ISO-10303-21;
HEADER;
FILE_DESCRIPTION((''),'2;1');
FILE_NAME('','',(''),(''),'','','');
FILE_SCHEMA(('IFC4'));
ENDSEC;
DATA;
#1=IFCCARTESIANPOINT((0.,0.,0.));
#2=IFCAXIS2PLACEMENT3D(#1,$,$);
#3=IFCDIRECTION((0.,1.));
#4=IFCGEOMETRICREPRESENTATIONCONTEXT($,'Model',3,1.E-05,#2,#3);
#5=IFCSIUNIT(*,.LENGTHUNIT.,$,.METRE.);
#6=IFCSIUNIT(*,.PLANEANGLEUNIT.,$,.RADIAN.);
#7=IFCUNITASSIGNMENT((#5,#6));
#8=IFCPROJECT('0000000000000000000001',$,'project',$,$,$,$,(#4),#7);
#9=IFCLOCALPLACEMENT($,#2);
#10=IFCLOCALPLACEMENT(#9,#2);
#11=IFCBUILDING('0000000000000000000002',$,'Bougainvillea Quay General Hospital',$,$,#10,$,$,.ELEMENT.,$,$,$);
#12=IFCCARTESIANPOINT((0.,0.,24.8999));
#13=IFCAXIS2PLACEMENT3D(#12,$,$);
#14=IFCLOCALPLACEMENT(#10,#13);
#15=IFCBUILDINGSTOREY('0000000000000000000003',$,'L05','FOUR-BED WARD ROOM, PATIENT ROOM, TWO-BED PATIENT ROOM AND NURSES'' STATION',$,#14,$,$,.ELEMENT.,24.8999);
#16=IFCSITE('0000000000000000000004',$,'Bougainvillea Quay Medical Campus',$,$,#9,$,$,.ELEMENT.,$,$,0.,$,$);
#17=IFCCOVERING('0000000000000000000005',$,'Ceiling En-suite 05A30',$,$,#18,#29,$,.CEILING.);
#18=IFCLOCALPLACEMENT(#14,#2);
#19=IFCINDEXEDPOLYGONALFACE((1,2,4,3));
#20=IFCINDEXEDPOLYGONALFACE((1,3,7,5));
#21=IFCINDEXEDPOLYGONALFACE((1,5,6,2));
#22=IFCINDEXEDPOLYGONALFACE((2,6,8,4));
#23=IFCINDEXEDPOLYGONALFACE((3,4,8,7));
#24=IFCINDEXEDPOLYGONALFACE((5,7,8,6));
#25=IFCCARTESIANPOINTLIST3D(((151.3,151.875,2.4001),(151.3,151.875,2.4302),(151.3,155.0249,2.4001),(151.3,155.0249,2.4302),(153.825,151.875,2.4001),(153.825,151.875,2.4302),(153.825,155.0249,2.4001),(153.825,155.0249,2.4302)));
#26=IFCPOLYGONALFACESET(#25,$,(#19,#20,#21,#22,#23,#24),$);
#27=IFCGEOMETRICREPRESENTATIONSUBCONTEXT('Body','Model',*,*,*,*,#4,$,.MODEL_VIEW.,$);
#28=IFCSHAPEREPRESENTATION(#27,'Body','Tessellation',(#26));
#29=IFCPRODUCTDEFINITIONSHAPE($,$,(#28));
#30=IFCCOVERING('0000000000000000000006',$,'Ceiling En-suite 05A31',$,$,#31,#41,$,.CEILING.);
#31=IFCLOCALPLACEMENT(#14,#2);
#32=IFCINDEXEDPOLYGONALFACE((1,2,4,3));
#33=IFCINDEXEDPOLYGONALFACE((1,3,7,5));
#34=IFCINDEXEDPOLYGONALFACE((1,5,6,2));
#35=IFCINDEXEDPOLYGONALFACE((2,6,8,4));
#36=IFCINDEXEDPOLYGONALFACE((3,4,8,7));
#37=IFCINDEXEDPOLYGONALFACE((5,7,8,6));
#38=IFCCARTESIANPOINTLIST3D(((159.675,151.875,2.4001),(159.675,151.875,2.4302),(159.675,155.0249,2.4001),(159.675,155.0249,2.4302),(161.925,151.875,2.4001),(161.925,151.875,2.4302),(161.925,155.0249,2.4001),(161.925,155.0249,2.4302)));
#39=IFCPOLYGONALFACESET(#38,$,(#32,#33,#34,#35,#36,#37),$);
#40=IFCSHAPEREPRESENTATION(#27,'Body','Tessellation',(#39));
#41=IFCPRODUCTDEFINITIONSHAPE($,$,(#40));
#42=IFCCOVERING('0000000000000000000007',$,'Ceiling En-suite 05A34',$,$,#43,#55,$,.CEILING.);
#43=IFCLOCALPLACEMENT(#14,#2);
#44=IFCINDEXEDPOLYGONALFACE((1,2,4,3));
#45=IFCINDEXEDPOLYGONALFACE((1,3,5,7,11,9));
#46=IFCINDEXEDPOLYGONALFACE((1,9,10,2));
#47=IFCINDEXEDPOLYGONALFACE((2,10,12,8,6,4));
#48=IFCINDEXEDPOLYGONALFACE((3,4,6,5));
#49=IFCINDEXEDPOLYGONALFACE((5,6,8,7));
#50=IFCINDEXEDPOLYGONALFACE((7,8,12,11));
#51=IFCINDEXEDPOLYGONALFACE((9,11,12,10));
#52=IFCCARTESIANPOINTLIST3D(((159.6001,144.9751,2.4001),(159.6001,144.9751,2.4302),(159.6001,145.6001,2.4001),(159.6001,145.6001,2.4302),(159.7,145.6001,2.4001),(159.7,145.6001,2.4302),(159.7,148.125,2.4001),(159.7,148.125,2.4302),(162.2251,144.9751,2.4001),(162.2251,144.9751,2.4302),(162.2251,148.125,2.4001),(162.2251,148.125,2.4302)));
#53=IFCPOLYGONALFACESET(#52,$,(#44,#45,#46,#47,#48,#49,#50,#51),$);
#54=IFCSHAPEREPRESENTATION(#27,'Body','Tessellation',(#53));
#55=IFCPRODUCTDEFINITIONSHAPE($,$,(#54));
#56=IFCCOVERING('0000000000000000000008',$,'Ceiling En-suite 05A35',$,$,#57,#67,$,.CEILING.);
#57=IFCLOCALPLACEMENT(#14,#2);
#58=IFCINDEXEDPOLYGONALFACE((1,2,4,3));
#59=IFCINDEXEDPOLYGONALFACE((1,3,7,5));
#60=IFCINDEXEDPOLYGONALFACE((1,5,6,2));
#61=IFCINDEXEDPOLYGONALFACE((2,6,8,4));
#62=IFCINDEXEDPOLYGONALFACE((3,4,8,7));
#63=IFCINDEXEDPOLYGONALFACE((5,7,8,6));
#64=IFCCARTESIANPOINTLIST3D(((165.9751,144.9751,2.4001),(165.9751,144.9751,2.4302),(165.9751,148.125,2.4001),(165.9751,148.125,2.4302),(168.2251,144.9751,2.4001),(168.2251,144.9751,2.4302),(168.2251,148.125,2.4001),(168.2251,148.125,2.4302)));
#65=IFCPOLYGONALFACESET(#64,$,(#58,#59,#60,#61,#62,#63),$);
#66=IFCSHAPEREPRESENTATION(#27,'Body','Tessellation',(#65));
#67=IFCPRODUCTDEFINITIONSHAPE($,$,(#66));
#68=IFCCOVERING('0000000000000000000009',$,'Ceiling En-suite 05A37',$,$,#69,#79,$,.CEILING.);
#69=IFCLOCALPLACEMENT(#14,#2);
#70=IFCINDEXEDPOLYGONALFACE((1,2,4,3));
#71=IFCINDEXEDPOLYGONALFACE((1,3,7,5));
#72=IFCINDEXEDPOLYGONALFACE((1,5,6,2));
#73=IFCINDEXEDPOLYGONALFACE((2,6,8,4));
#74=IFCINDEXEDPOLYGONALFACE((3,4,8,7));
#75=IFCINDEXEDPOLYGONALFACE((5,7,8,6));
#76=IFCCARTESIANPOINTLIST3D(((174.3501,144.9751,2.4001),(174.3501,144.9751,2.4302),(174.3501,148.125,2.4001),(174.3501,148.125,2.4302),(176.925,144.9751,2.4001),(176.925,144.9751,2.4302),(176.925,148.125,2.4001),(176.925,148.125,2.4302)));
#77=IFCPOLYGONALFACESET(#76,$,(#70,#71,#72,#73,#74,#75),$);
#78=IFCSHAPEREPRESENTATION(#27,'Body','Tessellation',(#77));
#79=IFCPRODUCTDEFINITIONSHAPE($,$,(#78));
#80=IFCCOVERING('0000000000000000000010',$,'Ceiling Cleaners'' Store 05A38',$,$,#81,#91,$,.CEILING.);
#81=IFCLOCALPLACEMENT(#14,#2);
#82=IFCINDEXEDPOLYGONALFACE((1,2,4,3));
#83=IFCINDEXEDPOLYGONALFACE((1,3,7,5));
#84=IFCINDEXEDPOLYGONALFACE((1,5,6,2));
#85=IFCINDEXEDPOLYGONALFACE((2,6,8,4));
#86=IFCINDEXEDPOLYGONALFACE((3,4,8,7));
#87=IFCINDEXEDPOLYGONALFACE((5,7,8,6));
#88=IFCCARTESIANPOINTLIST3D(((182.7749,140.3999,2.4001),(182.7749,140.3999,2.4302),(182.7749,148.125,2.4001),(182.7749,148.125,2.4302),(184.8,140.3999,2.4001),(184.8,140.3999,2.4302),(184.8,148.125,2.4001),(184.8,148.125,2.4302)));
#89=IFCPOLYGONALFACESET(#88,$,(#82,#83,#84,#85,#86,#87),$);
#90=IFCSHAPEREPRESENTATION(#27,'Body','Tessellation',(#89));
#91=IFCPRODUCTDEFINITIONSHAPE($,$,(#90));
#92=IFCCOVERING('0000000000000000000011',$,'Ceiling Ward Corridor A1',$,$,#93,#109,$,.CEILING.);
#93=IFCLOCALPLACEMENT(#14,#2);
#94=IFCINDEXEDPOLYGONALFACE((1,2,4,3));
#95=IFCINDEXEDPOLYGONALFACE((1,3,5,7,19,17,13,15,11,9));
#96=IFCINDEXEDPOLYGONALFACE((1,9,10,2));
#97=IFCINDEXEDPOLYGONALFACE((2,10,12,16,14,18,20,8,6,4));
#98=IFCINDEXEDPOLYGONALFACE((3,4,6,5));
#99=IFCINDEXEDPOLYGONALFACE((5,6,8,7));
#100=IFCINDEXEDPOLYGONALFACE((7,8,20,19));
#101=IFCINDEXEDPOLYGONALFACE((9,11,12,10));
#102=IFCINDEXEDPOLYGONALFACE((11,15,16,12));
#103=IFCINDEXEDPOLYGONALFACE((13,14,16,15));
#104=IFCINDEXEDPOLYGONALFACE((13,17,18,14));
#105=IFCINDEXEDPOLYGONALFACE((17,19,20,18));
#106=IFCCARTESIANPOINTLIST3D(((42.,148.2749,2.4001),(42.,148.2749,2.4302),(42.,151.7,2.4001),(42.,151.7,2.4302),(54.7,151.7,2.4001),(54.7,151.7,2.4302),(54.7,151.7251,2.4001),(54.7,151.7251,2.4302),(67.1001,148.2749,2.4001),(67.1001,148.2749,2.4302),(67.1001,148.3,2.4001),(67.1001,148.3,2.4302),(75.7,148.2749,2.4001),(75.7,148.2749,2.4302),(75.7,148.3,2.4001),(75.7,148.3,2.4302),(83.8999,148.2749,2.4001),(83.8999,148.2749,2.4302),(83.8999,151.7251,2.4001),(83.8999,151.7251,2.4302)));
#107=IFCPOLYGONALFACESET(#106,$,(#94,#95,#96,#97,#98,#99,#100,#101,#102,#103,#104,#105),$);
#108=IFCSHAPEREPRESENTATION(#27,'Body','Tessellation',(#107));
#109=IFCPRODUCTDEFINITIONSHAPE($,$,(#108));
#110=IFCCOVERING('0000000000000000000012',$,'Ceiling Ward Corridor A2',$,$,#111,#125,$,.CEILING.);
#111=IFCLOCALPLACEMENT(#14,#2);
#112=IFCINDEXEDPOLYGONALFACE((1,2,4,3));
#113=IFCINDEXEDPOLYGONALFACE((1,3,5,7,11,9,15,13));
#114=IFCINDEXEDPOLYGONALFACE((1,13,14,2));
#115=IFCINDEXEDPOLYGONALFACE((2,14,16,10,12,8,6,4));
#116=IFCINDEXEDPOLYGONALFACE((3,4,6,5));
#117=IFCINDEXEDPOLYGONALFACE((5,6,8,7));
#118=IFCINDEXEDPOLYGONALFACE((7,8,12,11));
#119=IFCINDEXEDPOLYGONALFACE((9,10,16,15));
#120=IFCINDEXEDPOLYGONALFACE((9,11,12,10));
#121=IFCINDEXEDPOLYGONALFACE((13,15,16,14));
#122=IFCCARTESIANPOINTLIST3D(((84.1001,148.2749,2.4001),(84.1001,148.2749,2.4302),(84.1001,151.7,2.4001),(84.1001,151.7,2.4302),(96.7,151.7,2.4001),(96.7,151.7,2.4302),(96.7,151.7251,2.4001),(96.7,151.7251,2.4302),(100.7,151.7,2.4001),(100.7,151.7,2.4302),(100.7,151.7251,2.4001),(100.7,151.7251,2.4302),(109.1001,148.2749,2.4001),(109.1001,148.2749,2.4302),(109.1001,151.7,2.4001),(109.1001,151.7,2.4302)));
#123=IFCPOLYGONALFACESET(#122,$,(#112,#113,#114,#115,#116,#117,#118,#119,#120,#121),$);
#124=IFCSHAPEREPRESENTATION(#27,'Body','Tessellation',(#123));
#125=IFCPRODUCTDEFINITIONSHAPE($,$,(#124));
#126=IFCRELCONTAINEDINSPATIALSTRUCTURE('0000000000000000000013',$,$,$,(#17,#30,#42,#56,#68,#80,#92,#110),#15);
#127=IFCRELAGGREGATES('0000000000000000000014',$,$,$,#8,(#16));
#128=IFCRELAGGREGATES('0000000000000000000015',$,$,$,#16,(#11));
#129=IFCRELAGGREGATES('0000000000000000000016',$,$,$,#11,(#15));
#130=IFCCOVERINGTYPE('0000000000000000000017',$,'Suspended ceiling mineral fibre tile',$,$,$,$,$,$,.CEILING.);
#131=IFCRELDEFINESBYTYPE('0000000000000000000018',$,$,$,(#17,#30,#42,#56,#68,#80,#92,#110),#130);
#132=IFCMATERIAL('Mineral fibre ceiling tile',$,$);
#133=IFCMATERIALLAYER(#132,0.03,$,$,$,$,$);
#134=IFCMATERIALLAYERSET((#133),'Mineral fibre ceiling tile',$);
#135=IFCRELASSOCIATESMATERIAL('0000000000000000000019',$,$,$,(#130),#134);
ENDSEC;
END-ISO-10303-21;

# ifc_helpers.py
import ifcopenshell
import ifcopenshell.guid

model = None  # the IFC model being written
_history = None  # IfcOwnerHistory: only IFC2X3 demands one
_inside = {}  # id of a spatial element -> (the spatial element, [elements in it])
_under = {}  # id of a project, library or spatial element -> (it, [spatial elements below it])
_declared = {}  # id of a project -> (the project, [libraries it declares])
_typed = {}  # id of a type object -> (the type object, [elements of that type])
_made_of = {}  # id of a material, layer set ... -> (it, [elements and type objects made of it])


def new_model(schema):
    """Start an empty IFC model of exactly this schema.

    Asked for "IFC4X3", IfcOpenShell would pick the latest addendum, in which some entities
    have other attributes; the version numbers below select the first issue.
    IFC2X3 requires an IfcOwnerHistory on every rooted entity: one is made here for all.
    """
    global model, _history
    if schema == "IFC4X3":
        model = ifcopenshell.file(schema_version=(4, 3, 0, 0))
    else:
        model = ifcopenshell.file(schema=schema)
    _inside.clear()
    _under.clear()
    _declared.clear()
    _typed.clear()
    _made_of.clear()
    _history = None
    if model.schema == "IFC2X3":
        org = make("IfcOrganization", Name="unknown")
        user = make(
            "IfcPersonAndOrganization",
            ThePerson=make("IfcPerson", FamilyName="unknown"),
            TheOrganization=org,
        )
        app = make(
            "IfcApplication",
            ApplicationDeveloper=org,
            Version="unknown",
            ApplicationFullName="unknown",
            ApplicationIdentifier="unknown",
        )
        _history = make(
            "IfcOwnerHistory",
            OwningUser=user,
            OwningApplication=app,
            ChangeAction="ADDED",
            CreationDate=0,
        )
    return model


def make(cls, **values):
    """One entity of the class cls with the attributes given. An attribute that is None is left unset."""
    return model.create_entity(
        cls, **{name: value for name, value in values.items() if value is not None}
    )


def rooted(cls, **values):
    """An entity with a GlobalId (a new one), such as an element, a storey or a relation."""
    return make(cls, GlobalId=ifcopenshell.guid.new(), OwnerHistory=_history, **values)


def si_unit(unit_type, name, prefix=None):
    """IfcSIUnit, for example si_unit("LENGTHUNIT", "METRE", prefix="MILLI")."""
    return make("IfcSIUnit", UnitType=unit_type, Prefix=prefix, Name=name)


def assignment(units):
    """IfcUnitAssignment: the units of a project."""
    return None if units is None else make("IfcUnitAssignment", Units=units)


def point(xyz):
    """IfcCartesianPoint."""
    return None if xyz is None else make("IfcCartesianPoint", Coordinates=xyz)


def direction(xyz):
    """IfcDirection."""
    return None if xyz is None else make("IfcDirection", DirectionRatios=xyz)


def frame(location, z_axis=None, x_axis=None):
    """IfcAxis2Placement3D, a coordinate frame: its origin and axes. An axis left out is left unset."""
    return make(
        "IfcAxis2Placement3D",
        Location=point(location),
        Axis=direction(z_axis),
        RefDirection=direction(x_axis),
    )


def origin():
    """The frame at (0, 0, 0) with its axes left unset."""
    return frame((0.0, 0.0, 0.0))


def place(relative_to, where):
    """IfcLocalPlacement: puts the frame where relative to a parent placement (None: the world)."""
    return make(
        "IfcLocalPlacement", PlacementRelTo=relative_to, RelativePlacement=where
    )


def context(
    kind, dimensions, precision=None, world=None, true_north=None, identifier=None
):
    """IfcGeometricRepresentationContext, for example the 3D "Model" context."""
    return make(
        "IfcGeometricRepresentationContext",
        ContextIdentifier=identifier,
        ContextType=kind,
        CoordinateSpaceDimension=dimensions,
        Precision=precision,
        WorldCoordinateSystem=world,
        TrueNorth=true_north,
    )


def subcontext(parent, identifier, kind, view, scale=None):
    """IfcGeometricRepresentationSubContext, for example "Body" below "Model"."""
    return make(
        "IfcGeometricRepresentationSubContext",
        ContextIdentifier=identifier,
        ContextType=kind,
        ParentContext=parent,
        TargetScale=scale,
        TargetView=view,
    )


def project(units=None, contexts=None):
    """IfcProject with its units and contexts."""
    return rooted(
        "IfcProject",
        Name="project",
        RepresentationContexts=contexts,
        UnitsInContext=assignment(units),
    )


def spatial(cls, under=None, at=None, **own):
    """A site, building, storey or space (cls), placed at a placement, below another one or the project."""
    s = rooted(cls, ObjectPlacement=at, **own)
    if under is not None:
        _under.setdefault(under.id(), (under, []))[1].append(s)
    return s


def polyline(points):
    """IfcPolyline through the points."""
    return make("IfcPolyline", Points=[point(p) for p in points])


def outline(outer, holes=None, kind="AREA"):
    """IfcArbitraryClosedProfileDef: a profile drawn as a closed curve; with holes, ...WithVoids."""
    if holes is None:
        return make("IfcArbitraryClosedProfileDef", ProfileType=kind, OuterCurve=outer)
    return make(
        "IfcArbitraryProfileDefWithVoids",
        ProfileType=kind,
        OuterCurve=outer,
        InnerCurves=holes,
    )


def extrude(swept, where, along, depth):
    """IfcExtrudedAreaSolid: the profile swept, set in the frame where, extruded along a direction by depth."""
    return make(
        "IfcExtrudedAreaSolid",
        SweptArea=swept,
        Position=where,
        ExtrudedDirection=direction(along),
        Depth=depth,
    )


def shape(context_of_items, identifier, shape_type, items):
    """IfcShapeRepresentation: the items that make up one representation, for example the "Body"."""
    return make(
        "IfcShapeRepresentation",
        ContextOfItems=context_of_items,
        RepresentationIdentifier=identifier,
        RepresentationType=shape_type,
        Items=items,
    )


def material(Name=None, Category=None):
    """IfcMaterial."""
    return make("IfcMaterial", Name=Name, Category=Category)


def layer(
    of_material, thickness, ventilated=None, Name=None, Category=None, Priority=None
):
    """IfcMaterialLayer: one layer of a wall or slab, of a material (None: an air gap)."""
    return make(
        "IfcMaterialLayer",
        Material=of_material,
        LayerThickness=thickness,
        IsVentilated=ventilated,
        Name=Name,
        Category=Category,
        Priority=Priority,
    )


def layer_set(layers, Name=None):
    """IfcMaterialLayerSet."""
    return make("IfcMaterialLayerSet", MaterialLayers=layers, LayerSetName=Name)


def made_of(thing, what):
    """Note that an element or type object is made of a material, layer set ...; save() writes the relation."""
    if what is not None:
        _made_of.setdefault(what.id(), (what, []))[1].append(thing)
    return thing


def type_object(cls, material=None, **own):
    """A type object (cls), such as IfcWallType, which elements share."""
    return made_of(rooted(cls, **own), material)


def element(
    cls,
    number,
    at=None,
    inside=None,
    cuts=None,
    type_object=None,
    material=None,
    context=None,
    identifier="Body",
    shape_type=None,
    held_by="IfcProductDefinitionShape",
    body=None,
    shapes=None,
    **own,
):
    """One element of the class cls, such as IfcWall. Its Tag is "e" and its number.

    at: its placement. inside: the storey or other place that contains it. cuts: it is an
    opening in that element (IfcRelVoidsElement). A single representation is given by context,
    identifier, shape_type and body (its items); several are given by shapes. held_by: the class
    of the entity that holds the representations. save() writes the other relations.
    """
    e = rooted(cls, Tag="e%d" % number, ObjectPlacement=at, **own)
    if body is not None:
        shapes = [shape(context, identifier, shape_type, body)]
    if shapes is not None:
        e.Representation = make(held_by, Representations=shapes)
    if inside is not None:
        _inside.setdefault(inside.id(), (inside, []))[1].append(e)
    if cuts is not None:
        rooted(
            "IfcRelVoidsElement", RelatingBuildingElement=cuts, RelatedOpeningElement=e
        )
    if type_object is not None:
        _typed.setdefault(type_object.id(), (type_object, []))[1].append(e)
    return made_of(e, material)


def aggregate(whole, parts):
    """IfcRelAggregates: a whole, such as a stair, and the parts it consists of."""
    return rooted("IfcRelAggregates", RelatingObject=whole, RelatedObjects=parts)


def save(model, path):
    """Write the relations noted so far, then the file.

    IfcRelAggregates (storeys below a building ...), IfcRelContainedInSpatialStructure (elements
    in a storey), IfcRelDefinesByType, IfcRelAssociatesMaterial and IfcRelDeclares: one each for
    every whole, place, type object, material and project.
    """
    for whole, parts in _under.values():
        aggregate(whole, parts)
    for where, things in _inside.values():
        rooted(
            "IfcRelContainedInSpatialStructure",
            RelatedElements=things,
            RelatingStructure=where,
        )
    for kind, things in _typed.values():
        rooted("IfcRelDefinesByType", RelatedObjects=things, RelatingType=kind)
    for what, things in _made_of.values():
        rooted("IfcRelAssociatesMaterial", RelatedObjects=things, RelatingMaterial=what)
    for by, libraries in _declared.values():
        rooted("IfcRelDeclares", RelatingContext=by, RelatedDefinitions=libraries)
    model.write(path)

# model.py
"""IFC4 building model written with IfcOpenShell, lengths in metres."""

from ifc_helpers import new_model, si_unit, direction, frame, origin, place, context, subcontext, project, spatial, polyline, outline, extrude, material, layer, layer_set, type_object, element, save


model = new_model("IFC4")

# Units and contexts
model_context = context("Model", 3, precision=1e-05, world=origin(), true_north=direction((0.0, 1.0)))
body_context = subcontext(model_context, "Body", "Model", "MODEL_VIEW")
ifc_project = project(units=[si_unit("LENGTHUNIT", "METRE"), si_unit("PLANEANGLEUNIT", "RADIAN")], contexts=[model_context])

# Site, building, storey
site_placement = place(None, origin())
site = spatial("IfcSite", under=ifc_project, at=site_placement, Name="Bougainvillea Quay Medical Campus", CompositionType="ELEMENT", RefElevation=0.0)
building_placement = place(site_placement, origin())
building = spatial("IfcBuilding", under=site, at=building_placement, Name="Bougainvillea Quay General Hospital", CompositionType="ELEMENT")
storey_placement = place(building_placement, frame((0.0, 0.0, 24.8999)))
storey = spatial("IfcBuildingStorey", under=building, at=storey_placement, Name="L05", Description="FOUR-BED WARD ROOM, PATIENT ROOM, TWO-BED PATIENT ROOM AND NURSES' STATION", CompositionType="ELEMENT", Elevation=24.8999)

# Coverings
ifc_material = material(Name="Mineral fibre ceiling tile")
ifc_layer = layer(ifc_material, 0.03)
ifc_layer_set = layer_set([ifc_layer], Name="Mineral fibre ceiling tile")
covering_type = type_object("IfcCoveringType", Name="Suspended ceiling mineral fibre tile", PredefinedType="CEILING", material=ifc_layer_set)
covering_1_placement = place(storey_placement, frame((0.0, 0.0, 2.4001)))
element("IfcCovering", 1, at=covering_1_placement, inside=storey, type_object=covering_type, Name="Ceiling En-suite 05A30", PredefinedType="CEILING", context=body_context, shape_type="SweptSolid", body=[
    extrude(outline(polyline([(151.3, 151.875), (153.825, 151.875), (153.825, 155.0249), (151.3, 155.0249), (151.3, 151.875)])), origin(), (0.0, 0.0, 1.0), 0.03),
])
covering_2_placement = place(storey_placement, frame((0.0, 0.0, 2.4001)))
element("IfcCovering", 2, at=covering_2_placement, inside=storey, type_object=covering_type, Name="Ceiling En-suite 05A31", PredefinedType="CEILING", context=body_context, shape_type="SweptSolid", body=[
    extrude(outline(polyline([(161.925, 155.0249), (159.675, 155.0249), (159.675, 151.875), (161.925, 151.875), (161.925, 155.0249)])), origin(), (0.0, 0.0, 1.0), 0.03),
])
covering_3_placement = place(storey_placement, frame((0.0, 0.0, 2.4001)))
element("IfcCovering", 3, at=covering_3_placement, inside=storey, type_object=covering_type, Name="Ceiling En-suite 05A34", PredefinedType="CEILING", context=body_context, shape_type="SweptSolid", body=[
    extrude(outline(polyline([(159.6001, 144.9751), (162.2251, 144.9751), (162.2251, 148.125), (159.7, 148.125), (159.7, 145.6001), (159.6001, 145.6001), (159.6001, 144.9751)])), origin(), (0.0, 0.0, 1.0), 0.03),
])
covering_4_placement = place(storey_placement, frame((0.0, 0.0, 2.4001)))
element("IfcCovering", 4, at=covering_4_placement, inside=storey, type_object=covering_type, Name="Ceiling En-suite 05A35", PredefinedType="CEILING", context=body_context, shape_type="SweptSolid", body=[
    extrude(outline(polyline([(165.9751, 148.125), (165.9751, 144.9751), (168.2251, 144.9751), (168.2251, 148.125), (165.9751, 148.125)])), origin(), (0.0, 0.0, 1.0), 0.03),
])
covering_5_placement = place(storey_placement, frame((0.0, 0.0, 2.4001)))
element("IfcCovering", 5, at=covering_5_placement, inside=storey, type_object=covering_type, Name="Ceiling En-suite 05A37", PredefinedType="CEILING", context=body_context, shape_type="SweptSolid", body=[
    extrude(outline(polyline([(174.3501, 148.125), (174.3501, 144.9751), (176.925, 144.9751), (176.925, 148.125), (174.3501, 148.125)])), origin(), (0.0, 0.0, 1.0), 0.03),
])
covering_6_placement = place(storey_placement, frame((0.0, 0.0, 2.4001)))
element("IfcCovering", 6, at=covering_6_placement, inside=storey, type_object=covering_type, Name="Ceiling Cleaners' Store 05A38", PredefinedType="CEILING", context=body_context, shape_type="SweptSolid", body=[
    extrude(outline(polyline([(184.8, 148.125), (182.7749, 148.125), (182.7749, 140.3999), (184.8, 140.3999), (184.8, 148.125)])), origin(), (0.0, 0.0, 1.0), 0.03),
])
covering_7_placement = place(storey_placement, frame((0.0, 0.0, 2.4001)))
element("IfcCovering", 7, at=covering_7_placement, inside=storey, type_object=covering_type, Name="Ceiling Ward Corridor A1", PredefinedType="CEILING", context=body_context, shape_type="SweptSolid", body=[
    extrude(outline(polyline([(42.0, 148.2749), (67.1001, 148.2749), (67.1001, 148.3), (75.7, 148.3), (75.7, 148.2749), (83.8999, 148.2749), (83.8999, 151.7251), (54.7, 151.7251), (54.7, 151.7), (42.0, 151.7), (42.0, 148.2749)])), origin(), (0.0, 0.0, 1.0), 0.03),
])
covering_8_placement = place(storey_placement, frame((0.0, 0.0, 2.4001)))
element("IfcCovering", 8, at=covering_8_placement, inside=storey, type_object=covering_type, Name="Ceiling Ward Corridor A2", PredefinedType="CEILING", context=body_context, shape_type="SweptSolid", body=[
    extrude(outline(polyline([(109.1001, 151.7), (100.7, 151.7), (100.7, 151.7251), (96.7, 151.7251), (96.7, 151.7), (84.1001, 151.7), (84.1001, 148.2749), (109.1001, 148.2749), (109.1001, 151.7)])), origin(), (0.0, 0.0, 1.0), 0.03),
])

save(model, "model.ifc")
